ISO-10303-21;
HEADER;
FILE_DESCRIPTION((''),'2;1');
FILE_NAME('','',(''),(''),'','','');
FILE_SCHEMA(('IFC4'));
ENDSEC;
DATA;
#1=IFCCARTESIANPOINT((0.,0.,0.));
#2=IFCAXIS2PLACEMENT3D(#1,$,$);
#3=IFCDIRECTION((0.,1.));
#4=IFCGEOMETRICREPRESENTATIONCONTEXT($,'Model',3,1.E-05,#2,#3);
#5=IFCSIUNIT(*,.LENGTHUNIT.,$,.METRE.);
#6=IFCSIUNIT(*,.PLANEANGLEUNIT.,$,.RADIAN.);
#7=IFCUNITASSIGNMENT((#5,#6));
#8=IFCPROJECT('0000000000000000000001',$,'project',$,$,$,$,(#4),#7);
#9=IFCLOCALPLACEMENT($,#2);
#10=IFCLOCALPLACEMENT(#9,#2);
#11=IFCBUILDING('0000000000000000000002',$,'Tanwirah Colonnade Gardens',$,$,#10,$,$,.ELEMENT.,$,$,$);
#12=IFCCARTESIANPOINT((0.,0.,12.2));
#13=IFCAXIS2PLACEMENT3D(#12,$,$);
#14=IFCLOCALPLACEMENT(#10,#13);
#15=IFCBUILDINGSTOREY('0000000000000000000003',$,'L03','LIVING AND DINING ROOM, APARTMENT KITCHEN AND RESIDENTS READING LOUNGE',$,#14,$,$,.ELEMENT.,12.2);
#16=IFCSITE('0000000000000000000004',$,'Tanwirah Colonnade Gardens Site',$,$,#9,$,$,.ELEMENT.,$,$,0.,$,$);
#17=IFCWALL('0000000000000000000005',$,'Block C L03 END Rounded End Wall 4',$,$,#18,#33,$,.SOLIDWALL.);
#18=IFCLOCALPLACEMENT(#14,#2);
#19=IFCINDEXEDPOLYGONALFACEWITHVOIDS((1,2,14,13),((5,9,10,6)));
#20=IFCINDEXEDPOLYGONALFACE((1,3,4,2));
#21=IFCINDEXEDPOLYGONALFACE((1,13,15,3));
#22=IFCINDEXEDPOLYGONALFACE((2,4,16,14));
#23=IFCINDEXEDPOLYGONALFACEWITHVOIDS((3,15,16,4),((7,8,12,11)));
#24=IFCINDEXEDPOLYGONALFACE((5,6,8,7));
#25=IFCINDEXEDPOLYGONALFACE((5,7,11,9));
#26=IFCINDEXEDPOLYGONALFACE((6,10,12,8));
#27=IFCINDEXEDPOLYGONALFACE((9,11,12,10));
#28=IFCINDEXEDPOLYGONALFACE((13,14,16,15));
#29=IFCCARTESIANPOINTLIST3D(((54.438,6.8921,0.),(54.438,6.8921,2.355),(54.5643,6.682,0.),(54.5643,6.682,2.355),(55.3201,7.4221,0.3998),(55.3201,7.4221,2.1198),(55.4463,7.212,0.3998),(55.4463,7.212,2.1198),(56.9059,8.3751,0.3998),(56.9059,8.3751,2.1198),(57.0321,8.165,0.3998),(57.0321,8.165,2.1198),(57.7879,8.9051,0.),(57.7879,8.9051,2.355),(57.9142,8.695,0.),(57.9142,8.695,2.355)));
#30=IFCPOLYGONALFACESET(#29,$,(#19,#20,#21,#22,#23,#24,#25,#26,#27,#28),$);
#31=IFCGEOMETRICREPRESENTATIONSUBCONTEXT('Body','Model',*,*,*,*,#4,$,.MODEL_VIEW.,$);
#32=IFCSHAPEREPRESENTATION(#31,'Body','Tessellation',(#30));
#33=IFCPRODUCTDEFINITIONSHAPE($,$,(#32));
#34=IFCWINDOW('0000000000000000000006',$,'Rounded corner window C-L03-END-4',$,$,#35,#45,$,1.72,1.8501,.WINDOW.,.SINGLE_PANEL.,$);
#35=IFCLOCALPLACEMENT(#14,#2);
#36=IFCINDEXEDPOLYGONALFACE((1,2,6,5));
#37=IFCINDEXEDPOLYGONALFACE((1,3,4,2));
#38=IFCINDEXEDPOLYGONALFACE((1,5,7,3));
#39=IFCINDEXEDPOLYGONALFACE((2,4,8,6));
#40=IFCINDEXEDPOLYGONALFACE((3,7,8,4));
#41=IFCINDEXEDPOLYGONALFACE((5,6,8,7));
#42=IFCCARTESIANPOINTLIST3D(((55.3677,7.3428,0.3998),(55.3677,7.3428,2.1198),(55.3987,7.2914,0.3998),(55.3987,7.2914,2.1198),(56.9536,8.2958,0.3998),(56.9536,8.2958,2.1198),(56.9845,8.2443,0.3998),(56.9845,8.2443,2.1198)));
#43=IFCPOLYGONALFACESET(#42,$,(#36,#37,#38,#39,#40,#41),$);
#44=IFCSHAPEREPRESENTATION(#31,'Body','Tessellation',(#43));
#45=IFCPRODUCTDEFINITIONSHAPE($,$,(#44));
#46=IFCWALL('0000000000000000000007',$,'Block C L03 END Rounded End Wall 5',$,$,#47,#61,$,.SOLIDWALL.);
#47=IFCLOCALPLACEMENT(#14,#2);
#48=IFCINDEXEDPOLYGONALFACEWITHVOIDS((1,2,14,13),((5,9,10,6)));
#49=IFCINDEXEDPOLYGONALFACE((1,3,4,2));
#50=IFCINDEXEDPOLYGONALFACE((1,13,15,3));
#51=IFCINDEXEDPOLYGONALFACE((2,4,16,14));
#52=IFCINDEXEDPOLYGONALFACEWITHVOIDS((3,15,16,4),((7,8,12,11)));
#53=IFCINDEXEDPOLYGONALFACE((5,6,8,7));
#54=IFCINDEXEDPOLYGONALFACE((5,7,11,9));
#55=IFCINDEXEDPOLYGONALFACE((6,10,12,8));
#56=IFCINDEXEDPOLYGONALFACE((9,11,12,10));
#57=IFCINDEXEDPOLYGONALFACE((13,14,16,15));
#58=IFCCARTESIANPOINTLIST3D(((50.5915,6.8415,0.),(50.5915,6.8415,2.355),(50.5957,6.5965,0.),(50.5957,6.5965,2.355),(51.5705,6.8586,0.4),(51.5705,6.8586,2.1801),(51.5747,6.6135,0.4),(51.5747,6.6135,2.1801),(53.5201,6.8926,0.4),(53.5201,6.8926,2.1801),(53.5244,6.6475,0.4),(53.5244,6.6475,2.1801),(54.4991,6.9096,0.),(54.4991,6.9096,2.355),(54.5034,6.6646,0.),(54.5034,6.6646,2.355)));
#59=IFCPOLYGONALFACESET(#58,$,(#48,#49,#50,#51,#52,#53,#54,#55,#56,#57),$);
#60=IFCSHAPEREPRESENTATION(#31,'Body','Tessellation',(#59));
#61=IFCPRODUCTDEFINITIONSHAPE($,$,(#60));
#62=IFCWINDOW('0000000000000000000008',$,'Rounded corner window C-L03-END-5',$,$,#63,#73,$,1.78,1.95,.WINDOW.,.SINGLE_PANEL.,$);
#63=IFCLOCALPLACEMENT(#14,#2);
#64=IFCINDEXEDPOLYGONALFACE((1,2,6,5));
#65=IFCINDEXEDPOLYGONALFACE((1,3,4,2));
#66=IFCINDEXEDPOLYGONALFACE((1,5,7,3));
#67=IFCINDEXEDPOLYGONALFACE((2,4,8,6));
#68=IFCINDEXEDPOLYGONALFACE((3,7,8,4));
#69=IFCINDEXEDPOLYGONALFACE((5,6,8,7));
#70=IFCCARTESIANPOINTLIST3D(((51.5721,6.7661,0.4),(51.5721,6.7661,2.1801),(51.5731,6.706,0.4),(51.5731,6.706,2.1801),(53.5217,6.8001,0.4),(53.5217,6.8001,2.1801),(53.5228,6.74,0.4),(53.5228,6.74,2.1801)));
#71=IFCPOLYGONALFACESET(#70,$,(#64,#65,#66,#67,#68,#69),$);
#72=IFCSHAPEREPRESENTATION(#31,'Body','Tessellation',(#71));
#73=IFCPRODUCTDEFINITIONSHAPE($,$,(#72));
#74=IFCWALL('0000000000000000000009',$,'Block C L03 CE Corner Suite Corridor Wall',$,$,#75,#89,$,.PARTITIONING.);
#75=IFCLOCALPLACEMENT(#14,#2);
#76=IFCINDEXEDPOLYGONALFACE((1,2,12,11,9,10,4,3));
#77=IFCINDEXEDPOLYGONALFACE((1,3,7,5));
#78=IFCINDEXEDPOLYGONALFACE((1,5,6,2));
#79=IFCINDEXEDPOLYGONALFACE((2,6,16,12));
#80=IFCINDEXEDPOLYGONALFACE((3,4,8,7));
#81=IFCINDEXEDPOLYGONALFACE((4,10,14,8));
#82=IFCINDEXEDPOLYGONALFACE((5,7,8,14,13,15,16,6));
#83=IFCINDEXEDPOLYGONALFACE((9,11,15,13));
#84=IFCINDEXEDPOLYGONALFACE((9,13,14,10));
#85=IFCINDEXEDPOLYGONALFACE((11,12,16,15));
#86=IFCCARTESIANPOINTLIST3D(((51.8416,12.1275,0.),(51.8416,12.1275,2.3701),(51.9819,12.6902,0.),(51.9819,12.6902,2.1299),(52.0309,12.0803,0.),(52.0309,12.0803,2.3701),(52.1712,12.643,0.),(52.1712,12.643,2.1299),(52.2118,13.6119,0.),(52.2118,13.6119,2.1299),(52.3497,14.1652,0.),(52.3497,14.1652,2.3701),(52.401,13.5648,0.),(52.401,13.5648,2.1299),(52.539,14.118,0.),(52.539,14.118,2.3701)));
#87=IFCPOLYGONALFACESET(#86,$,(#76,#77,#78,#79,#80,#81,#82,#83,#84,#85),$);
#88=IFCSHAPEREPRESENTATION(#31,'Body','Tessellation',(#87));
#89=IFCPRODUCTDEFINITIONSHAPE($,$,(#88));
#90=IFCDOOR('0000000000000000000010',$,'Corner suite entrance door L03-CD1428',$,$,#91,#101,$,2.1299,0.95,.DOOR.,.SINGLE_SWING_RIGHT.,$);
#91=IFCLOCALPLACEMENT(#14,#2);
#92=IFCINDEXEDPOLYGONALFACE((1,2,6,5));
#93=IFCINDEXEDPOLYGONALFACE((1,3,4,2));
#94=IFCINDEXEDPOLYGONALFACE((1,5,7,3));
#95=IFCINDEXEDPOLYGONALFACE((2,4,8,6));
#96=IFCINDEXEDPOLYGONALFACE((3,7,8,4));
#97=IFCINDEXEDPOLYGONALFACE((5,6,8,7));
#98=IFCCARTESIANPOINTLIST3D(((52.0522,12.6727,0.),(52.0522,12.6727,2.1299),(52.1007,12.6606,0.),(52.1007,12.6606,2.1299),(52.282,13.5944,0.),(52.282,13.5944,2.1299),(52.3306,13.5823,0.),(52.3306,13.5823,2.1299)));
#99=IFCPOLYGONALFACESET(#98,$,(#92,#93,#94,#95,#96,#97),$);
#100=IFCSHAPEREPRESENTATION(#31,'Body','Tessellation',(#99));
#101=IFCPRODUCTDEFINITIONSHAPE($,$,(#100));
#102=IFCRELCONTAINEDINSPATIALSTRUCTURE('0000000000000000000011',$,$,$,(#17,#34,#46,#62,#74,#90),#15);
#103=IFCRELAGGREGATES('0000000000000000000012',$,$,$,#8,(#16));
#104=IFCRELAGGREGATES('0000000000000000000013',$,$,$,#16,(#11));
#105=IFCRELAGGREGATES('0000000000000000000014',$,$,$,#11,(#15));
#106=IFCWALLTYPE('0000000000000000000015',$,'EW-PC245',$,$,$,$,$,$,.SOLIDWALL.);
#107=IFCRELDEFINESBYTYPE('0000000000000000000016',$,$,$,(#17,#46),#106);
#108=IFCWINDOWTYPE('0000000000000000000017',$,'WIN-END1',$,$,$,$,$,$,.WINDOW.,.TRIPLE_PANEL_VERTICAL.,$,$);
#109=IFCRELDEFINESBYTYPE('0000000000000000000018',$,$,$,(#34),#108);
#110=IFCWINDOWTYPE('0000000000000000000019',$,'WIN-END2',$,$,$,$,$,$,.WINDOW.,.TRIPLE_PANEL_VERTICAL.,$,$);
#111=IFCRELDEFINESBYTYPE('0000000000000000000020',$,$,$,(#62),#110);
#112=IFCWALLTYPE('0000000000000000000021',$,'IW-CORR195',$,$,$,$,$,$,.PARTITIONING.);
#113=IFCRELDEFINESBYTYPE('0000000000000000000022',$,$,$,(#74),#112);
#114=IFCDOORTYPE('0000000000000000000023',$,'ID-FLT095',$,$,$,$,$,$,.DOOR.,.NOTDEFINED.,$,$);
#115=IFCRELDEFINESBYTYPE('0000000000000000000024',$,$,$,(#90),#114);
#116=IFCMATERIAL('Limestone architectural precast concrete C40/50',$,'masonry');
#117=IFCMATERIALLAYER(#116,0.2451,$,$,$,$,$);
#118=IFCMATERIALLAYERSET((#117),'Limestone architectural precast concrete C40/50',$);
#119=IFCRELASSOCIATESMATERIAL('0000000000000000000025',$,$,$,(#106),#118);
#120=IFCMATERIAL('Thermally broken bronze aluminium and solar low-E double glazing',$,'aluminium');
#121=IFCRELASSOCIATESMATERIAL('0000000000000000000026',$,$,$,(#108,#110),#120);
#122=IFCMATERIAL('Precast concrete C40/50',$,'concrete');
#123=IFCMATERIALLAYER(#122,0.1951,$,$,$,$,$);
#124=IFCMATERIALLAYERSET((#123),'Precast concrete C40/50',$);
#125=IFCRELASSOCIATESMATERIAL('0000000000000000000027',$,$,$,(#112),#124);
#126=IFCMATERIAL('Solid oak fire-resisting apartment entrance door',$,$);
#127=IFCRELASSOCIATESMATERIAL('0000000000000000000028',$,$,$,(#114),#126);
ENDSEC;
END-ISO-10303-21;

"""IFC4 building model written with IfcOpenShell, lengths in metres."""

from ifc_helpers import new_model, si_unit, direction, frame, frame_2d, origin, place, context, subcontext, project, spatial, rectangle, extrude, material, layer, layer_set, type_object, element, fill, save


model = new_model("IFC4")

# Units and contexts
model_context = context("Model", 3, precision=1e-05, world=origin(), true_north=direction((0.0, 1.0)))
body_context = subcontext(model_context, "Body", "Model", "MODEL_VIEW")
ifc_project = project(units=[si_unit("LENGTHUNIT", "METRE"), si_unit("PLANEANGLEUNIT", "RADIAN")], contexts=[model_context])

# Site, building, storey
site_placement = place(None, origin())
site = spatial("IfcSite", under=ifc_project, at=site_placement, Name="Tanwirah Colonnade Gardens Site", CompositionType="ELEMENT", RefElevation=0.0)
building_placement = place(site_placement, origin())
building = spatial("IfcBuilding", under=site, at=building_placement, Name="Tanwirah Colonnade Gardens", CompositionType="ELEMENT")
storey_placement = place(building_placement, frame((0.0, 0.0, 12.2)))
storey = spatial("IfcBuildingStorey", under=building, at=storey_placement, Name="L03", Description="LIVING AND DINING ROOM, APARTMENT KITCHEN AND RESIDENTS READING LOUNGE", CompositionType="ELEMENT", Elevation=12.2)

# Shared definitions
ifc_material_1 = material(Name="Precast concrete C40/50", Category="concrete")

# Walls, openings, windows
ifc_material_2 = material(Name="Limestone architectural precast concrete C40/50", Category="masonry")
ifc_layer_1 = layer(ifc_material_2, 0.2451)
ifc_layer_set_1 = layer_set([ifc_layer_1], Name="Limestone architectural precast concrete C40/50")
wall_type_1 = type_object("IfcWallType", Name="EW-PC245", PredefinedType="SOLIDWALL", material=ifc_layer_set_1)
ifc_material_3 = material(Name="Thermally broken bronze aluminium and solar low-E double glazing", Category="aluminium")
window_type_1 = type_object("IfcWindowType", Name="WIN-END1", PartitioningType="TRIPLE_PANEL_VERTICAL", PredefinedType="WINDOW", material=ifc_material_3)
window_type_2 = type_object("IfcWindowType", Name="WIN-END2", PartitioningType="TRIPLE_PANEL_VERTICAL", PredefinedType="WINDOW", material=ifc_material_3)
wall_1_placement = place(storey_placement, frame((57.8511, 8.8, 0.0), z_axis=(0.0, 0.0, 1.0), x_axis=(-0.857151, -0.515065, 0.0)))
wall_1 = element("IfcWall", 1, at=wall_1_placement, inside=storey, type_object=wall_type_1, Name="Block C L03 END Rounded End Wall 4", PredefinedType="SOLIDWALL", context=body_context, shape_type="SweptSolid", body=[
    extrude(rectangle(XDim=3.9082, YDim=0.2451, at=frame_2d((1.9541, 0.0))), origin(), (0.0, 0.0, 1.0), 2.355),
])
opening_1_placement = place(wall_1_placement, frame((1.0291, 0.0, 0.3999)))
opening_1 = element("IfcOpeningElement", 2, at=opening_1_placement, cuts=wall_1, PredefinedType="OPENING", context=body_context, shape_type="SweptSolid", body=[
    extrude(rectangle(XDim=1.8501, YDim=1.72, at=frame_2d((0.925, 0.8599))), frame((0.0, 0.1326, 0.0), z_axis=(0.0, -1.0, 0.0), x_axis=(1.0, 0.0, 0.0)), (0.0, 0.0, 1.0), 0.2651),
])
window_1_placement = place(opening_1_placement, origin())
window_1 = element("IfcWindow", 3, at=window_1_placement, inside=storey, type_object=window_type_1, Name="Rounded corner window C-L03-END-4", OverallHeight=1.72, OverallWidth=1.8501, PartitioningType="SINGLE_PANEL", PredefinedType="WINDOW", context=body_context, shape_type="SweptSolid", body=[
    extrude(rectangle(XDim=1.8501, YDim=1.72, at=frame_2d((0.925, 0.8599))), frame((0.0, 0.03, 0.0), z_axis=(0.0, -1.0, 0.0), x_axis=(1.0, 0.0, 0.0)), (0.0, 0.0, 1.0), 0.0601),
])
fill(opening_1, window_1)
wall_2_placement = place(storey_placement, frame((54.5012, 6.7871, 0.0), z_axis=(0.0, 0.0, 1.0), x_axis=(-0.999848, -0.017428, 0.0)))
wall_2 = element("IfcWall", 4, at=wall_2_placement, inside=storey, type_object=wall_type_1, Name="Block C L03 END Rounded End Wall 5", PredefinedType="SOLIDWALL", context=body_context, shape_type="SweptSolid", body=[
    extrude(rectangle(XDim=3.9082, YDim=0.2451, at=frame_2d((1.9541, 0.0))), origin(), (0.0, 0.0, 1.0), 2.355),
])
opening_2_placement = place(wall_2_placement, frame((0.979, 0.0, 0.3999)))
opening_2 = element("IfcOpeningElement", 5, at=opening_2_placement, cuts=wall_2, PredefinedType="OPENING", context=body_context, shape_type="SweptSolid", body=[
    extrude(rectangle(XDim=1.95, YDim=1.78, at=frame_2d((0.9751, 0.8901))), frame((0.0, 0.1326, 0.0), z_axis=(0.0, -1.0, 0.0), x_axis=(1.0, 0.0, 0.0)), (0.0, 0.0, 1.0), 0.2651),
])
window_2_placement = place(opening_2_placement, origin())
window_2 = element("IfcWindow", 6, at=window_2_placement, inside=storey, type_object=window_type_2, Name="Rounded corner window C-L03-END-5", OverallHeight=1.78, OverallWidth=1.95, PartitioningType="SINGLE_PANEL", PredefinedType="WINDOW", context=body_context, shape_type="SweptSolid", body=[
    extrude(rectangle(XDim=1.95, YDim=1.78, at=frame_2d((0.9751, 0.8901))), frame((0.0, 0.03, 0.0), z_axis=(0.0, -1.0, 0.0), x_axis=(1.0, 0.0, 0.0)), (0.0, 0.0, 1.0), 0.0601),
])
fill(opening_2, window_2)

# Wall, opening, door
ifc_layer_2 = layer(ifc_material_1, 0.1951)
ifc_layer_set_2 = layer_set([ifc_layer_2], Name="Precast concrete C40/50")
wall_type_2 = type_object("IfcWallType", Name="IW-CORR195", PredefinedType="PARTITIONING", material=ifc_layer_set_2)
wall_3_placement = place(storey_placement, frame((52.4443, 14.1416, 0.0), z_axis=(0.0, 0.0, 1.0), x_axis=(-0.241934, -0.970293, 0.0)))
wall_3 = element("IfcWall", 7, at=wall_3_placement, inside=storey, type_object=wall_type_2, Name="Block C L03 CE Corner Suite Corridor Wall", PredefinedType="PARTITIONING", context=body_context, shape_type="SweptSolid", body=[
    extrude(rectangle(XDim=2.1001, YDim=0.1951, at=frame_2d((1.05, 0.0))), origin(), (0.0, 0.0, 1.0), 2.3701),
])
opening_3_placement = place(wall_3_placement, frame((0.5701, 0.0, 0.0)))
opening_3 = element("IfcOpeningElement", 8, at=opening_3_placement, cuts=wall_3, PredefinedType="OPENING", context=body_context, shape_type="SweptSolid", body=[
    extrude(rectangle(XDim=0.95, YDim=2.1299, at=frame_2d((0.4751, 1.0649))), frame((0.0, 0.1074, 0.0), z_axis=(0.0, -1.0, 0.0), x_axis=(1.0, 0.0, 0.0)), (0.0, 0.0, 1.0), 0.2151),
])
ifc_material_4 = material(Name="Solid oak fire-resisting apartment entrance door")
door_type = type_object("IfcDoorType", Name="ID-FLT095", OperationType="NOTDEFINED", PredefinedType="DOOR", material=ifc_material_4)
door_placement = place(opening_3_placement, origin())
door = element("IfcDoor", 9, at=door_placement, inside=storey, type_object=door_type, Name="Corner suite entrance door L03-CD1428", OperationType="SINGLE_SWING_RIGHT", OverallHeight=2.1299, OverallWidth=0.95, PredefinedType="DOOR", context=body_context, shape_type="SweptSolid", body=[
    extrude(rectangle(XDim=0.95, YDim=2.1299, at=frame_2d((0.4751, 1.0649))), frame((0.0, 0.0249, 0.0), z_axis=(0.0, -1.0, 0.0), x_axis=(1.0, 0.0, 0.0)), (0.0, 0.0, 1.0), 0.05),
])
fill(opening_3, door)

save(model, "model.ifc")
